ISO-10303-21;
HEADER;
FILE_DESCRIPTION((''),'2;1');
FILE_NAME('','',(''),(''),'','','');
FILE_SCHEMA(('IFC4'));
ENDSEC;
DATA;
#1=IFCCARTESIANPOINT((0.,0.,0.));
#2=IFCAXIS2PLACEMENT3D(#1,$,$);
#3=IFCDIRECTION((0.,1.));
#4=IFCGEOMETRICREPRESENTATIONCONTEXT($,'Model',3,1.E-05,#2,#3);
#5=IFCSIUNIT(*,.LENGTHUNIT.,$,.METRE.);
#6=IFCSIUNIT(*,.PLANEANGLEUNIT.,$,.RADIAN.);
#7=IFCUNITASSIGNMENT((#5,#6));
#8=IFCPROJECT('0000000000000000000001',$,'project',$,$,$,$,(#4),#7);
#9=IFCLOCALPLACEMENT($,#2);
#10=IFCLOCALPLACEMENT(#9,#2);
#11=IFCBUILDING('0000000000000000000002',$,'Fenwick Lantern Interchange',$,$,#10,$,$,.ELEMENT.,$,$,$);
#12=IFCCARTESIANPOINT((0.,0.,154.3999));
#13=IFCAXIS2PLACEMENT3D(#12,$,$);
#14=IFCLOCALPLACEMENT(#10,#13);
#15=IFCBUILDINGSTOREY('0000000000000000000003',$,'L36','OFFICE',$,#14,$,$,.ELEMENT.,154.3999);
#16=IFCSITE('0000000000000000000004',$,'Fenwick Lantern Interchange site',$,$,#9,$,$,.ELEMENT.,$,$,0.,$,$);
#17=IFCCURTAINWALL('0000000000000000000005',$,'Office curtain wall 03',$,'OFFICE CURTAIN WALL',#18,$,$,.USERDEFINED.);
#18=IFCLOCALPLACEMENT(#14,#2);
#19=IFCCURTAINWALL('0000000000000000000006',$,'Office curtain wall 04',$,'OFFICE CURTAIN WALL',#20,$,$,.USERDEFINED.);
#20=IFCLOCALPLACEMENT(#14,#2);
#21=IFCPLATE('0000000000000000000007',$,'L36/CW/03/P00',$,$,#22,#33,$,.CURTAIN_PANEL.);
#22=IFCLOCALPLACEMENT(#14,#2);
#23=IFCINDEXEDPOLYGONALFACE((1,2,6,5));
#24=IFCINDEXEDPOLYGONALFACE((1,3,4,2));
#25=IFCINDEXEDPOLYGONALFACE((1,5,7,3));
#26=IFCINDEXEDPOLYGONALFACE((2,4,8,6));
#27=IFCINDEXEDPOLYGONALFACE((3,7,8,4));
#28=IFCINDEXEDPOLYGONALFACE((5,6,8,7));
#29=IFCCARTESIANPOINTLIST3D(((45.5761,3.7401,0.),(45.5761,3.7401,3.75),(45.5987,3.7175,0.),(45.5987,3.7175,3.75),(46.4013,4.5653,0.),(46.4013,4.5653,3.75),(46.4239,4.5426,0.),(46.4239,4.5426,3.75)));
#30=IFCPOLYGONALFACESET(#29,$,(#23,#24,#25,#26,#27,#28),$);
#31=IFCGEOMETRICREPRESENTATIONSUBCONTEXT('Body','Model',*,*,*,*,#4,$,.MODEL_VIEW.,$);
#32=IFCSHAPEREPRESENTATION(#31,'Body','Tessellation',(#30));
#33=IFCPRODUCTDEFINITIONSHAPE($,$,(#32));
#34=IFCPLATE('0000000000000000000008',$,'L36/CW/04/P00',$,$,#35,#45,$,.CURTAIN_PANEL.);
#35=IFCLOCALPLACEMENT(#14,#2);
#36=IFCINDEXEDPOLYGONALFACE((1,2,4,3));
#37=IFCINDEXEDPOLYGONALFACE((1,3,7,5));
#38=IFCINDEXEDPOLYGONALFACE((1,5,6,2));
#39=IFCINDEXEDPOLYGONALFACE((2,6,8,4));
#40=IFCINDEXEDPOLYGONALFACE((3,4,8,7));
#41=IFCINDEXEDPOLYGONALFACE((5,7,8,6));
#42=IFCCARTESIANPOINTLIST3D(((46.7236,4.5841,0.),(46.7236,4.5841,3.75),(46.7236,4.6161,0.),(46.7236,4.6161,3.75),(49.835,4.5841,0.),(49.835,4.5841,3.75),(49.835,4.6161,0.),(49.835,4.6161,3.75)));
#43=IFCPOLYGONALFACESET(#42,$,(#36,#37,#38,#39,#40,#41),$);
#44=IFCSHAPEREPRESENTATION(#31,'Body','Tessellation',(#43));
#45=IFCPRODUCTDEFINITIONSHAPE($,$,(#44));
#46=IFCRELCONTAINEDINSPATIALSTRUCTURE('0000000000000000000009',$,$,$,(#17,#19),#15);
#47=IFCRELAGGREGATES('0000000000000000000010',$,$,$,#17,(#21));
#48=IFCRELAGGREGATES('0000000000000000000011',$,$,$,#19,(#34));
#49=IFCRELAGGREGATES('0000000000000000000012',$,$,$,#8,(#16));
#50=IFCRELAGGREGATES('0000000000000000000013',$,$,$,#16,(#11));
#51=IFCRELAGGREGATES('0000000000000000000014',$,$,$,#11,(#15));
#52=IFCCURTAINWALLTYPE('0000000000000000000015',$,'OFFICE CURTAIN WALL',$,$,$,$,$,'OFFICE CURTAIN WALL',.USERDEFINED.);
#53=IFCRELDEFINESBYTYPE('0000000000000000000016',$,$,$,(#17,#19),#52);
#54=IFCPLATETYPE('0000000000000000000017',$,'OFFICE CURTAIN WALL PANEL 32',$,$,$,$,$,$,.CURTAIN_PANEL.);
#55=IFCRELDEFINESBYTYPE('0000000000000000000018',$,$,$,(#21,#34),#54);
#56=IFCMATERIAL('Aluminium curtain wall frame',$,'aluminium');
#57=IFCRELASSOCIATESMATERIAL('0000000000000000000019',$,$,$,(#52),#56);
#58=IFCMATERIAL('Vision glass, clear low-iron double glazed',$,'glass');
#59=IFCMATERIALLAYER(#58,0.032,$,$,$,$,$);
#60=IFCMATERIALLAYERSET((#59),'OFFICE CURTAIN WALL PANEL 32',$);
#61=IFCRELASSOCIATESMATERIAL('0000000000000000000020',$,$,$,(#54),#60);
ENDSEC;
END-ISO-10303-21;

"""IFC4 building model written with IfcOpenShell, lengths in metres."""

from ifc_helpers import new_model, si_unit, direction, frame, origin, origin_2d, place, context, subcontext, project, spatial, rectangle, extrude, material, layer, layer_set, type_object, element, aggregate, save


model = new_model("IFC4")

# Units and contexts
model_context = context("Model", 3, precision=1e-05, world=origin(), true_north=direction((0.0, 1.0)))
body_context = subcontext(model_context, "Body", "Model", "MODEL_VIEW")
ifc_project = project(units=[si_unit("LENGTHUNIT", "METRE"), si_unit("PLANEANGLEUNIT", "RADIAN")], contexts=[model_context])

# Site, building, storey
site_placement = place(None, origin())
site = spatial("IfcSite", under=ifc_project, at=site_placement, Name="Fenwick Lantern Interchange site", CompositionType="ELEMENT", RefElevation=0.0)
building_placement = place(site_placement, origin())
building = spatial("IfcBuilding", under=site, at=building_placement, Name="Fenwick Lantern Interchange", CompositionType="ELEMENT")
storey_placement = place(building_placement, frame((0.0, 0.0, 154.3999)))
storey = spatial("IfcBuildingStorey", under=building, at=storey_placement, Name="L36", Description="OFFICE", CompositionType="ELEMENT", Elevation=154.3999)

# Shared definitions
ifc_material_1 = material(Name="Aluminium curtain wall frame", Category="aluminium")
curtain_wall_type = type_object("IfcCurtainWallType", Name="OFFICE CURTAIN WALL", ElementType="OFFICE CURTAIN WALL", PredefinedType="USERDEFINED", material=ifc_material_1)

# Curtain walls
curtain_wall_1_placement = place(storey_placement, origin())
curtain_wall_1 = element("IfcCurtainWall", 1, at=curtain_wall_1_placement, inside=storey, type_object=curtain_wall_type, Name="Office curtain wall 03", ObjectType="OFFICE CURTAIN WALL", PredefinedType="USERDEFINED")
curtain_wall_2_placement = place(storey_placement, origin())
curtain_wall_2 = element("IfcCurtainWall", 2, at=curtain_wall_2_placement, inside=storey, type_object=curtain_wall_type, Name="Office curtain wall 04", ObjectType="OFFICE CURTAIN WALL", PredefinedType="USERDEFINED")

# Plates
ifc_material_2 = material(Name="Vision glass, clear low-iron double glazed", Category="glass")
ifc_layer_1 = layer(ifc_material_2, 0.032)
ifc_layer_set_1 = layer_set([ifc_layer_1], Name="OFFICE CURTAIN WALL PANEL 32")
plate_type = type_object("IfcPlateType", Name="OFFICE CURTAIN WALL PANEL 32", PredefinedType="CURTAIN_PANEL", material=ifc_layer_set_1)
plate_1_placement = place(storey_placement, frame((46.0, 4.1414, 0.0), z_axis=(0.0, 0.0, 1.0), x_axis=(0.707107, 0.707107, 0.0)))
plate_1 = element("IfcPlate", 3, at=plate_1_placement, type_object=plate_type, Name="L36/CW/03/P00", PredefinedType="CURTAIN_PANEL", context=body_context, shape_type="SweptSolid", body=[
    extrude(rectangle(XDim=1.167, YDim=0.032, at=origin_2d()), origin(), (0.0, 0.0, 1.0), 3.75),
])
aggregate(curtain_wall_1, [plate_1])
plate_2_placement = place(storey_placement, frame((48.2793, 4.6001, 0.0), z_axis=(0.0, 0.0, 1.0), x_axis=(1.0, 0.0, 0.0)))
plate_2 = element("IfcPlate", 4, at=plate_2_placement, type_object=plate_type, Name="L36/CW/04/P00", PredefinedType="CURTAIN_PANEL", context=body_context, shape_type="SweptSolid", body=[
    extrude(rectangle(XDim=3.1113, YDim=0.032, at=origin_2d()), origin(), (0.0, 0.0, 1.0), 3.75),
])
aggregate(curtain_wall_2, [plate_2])

save(model, "model.ifc")
